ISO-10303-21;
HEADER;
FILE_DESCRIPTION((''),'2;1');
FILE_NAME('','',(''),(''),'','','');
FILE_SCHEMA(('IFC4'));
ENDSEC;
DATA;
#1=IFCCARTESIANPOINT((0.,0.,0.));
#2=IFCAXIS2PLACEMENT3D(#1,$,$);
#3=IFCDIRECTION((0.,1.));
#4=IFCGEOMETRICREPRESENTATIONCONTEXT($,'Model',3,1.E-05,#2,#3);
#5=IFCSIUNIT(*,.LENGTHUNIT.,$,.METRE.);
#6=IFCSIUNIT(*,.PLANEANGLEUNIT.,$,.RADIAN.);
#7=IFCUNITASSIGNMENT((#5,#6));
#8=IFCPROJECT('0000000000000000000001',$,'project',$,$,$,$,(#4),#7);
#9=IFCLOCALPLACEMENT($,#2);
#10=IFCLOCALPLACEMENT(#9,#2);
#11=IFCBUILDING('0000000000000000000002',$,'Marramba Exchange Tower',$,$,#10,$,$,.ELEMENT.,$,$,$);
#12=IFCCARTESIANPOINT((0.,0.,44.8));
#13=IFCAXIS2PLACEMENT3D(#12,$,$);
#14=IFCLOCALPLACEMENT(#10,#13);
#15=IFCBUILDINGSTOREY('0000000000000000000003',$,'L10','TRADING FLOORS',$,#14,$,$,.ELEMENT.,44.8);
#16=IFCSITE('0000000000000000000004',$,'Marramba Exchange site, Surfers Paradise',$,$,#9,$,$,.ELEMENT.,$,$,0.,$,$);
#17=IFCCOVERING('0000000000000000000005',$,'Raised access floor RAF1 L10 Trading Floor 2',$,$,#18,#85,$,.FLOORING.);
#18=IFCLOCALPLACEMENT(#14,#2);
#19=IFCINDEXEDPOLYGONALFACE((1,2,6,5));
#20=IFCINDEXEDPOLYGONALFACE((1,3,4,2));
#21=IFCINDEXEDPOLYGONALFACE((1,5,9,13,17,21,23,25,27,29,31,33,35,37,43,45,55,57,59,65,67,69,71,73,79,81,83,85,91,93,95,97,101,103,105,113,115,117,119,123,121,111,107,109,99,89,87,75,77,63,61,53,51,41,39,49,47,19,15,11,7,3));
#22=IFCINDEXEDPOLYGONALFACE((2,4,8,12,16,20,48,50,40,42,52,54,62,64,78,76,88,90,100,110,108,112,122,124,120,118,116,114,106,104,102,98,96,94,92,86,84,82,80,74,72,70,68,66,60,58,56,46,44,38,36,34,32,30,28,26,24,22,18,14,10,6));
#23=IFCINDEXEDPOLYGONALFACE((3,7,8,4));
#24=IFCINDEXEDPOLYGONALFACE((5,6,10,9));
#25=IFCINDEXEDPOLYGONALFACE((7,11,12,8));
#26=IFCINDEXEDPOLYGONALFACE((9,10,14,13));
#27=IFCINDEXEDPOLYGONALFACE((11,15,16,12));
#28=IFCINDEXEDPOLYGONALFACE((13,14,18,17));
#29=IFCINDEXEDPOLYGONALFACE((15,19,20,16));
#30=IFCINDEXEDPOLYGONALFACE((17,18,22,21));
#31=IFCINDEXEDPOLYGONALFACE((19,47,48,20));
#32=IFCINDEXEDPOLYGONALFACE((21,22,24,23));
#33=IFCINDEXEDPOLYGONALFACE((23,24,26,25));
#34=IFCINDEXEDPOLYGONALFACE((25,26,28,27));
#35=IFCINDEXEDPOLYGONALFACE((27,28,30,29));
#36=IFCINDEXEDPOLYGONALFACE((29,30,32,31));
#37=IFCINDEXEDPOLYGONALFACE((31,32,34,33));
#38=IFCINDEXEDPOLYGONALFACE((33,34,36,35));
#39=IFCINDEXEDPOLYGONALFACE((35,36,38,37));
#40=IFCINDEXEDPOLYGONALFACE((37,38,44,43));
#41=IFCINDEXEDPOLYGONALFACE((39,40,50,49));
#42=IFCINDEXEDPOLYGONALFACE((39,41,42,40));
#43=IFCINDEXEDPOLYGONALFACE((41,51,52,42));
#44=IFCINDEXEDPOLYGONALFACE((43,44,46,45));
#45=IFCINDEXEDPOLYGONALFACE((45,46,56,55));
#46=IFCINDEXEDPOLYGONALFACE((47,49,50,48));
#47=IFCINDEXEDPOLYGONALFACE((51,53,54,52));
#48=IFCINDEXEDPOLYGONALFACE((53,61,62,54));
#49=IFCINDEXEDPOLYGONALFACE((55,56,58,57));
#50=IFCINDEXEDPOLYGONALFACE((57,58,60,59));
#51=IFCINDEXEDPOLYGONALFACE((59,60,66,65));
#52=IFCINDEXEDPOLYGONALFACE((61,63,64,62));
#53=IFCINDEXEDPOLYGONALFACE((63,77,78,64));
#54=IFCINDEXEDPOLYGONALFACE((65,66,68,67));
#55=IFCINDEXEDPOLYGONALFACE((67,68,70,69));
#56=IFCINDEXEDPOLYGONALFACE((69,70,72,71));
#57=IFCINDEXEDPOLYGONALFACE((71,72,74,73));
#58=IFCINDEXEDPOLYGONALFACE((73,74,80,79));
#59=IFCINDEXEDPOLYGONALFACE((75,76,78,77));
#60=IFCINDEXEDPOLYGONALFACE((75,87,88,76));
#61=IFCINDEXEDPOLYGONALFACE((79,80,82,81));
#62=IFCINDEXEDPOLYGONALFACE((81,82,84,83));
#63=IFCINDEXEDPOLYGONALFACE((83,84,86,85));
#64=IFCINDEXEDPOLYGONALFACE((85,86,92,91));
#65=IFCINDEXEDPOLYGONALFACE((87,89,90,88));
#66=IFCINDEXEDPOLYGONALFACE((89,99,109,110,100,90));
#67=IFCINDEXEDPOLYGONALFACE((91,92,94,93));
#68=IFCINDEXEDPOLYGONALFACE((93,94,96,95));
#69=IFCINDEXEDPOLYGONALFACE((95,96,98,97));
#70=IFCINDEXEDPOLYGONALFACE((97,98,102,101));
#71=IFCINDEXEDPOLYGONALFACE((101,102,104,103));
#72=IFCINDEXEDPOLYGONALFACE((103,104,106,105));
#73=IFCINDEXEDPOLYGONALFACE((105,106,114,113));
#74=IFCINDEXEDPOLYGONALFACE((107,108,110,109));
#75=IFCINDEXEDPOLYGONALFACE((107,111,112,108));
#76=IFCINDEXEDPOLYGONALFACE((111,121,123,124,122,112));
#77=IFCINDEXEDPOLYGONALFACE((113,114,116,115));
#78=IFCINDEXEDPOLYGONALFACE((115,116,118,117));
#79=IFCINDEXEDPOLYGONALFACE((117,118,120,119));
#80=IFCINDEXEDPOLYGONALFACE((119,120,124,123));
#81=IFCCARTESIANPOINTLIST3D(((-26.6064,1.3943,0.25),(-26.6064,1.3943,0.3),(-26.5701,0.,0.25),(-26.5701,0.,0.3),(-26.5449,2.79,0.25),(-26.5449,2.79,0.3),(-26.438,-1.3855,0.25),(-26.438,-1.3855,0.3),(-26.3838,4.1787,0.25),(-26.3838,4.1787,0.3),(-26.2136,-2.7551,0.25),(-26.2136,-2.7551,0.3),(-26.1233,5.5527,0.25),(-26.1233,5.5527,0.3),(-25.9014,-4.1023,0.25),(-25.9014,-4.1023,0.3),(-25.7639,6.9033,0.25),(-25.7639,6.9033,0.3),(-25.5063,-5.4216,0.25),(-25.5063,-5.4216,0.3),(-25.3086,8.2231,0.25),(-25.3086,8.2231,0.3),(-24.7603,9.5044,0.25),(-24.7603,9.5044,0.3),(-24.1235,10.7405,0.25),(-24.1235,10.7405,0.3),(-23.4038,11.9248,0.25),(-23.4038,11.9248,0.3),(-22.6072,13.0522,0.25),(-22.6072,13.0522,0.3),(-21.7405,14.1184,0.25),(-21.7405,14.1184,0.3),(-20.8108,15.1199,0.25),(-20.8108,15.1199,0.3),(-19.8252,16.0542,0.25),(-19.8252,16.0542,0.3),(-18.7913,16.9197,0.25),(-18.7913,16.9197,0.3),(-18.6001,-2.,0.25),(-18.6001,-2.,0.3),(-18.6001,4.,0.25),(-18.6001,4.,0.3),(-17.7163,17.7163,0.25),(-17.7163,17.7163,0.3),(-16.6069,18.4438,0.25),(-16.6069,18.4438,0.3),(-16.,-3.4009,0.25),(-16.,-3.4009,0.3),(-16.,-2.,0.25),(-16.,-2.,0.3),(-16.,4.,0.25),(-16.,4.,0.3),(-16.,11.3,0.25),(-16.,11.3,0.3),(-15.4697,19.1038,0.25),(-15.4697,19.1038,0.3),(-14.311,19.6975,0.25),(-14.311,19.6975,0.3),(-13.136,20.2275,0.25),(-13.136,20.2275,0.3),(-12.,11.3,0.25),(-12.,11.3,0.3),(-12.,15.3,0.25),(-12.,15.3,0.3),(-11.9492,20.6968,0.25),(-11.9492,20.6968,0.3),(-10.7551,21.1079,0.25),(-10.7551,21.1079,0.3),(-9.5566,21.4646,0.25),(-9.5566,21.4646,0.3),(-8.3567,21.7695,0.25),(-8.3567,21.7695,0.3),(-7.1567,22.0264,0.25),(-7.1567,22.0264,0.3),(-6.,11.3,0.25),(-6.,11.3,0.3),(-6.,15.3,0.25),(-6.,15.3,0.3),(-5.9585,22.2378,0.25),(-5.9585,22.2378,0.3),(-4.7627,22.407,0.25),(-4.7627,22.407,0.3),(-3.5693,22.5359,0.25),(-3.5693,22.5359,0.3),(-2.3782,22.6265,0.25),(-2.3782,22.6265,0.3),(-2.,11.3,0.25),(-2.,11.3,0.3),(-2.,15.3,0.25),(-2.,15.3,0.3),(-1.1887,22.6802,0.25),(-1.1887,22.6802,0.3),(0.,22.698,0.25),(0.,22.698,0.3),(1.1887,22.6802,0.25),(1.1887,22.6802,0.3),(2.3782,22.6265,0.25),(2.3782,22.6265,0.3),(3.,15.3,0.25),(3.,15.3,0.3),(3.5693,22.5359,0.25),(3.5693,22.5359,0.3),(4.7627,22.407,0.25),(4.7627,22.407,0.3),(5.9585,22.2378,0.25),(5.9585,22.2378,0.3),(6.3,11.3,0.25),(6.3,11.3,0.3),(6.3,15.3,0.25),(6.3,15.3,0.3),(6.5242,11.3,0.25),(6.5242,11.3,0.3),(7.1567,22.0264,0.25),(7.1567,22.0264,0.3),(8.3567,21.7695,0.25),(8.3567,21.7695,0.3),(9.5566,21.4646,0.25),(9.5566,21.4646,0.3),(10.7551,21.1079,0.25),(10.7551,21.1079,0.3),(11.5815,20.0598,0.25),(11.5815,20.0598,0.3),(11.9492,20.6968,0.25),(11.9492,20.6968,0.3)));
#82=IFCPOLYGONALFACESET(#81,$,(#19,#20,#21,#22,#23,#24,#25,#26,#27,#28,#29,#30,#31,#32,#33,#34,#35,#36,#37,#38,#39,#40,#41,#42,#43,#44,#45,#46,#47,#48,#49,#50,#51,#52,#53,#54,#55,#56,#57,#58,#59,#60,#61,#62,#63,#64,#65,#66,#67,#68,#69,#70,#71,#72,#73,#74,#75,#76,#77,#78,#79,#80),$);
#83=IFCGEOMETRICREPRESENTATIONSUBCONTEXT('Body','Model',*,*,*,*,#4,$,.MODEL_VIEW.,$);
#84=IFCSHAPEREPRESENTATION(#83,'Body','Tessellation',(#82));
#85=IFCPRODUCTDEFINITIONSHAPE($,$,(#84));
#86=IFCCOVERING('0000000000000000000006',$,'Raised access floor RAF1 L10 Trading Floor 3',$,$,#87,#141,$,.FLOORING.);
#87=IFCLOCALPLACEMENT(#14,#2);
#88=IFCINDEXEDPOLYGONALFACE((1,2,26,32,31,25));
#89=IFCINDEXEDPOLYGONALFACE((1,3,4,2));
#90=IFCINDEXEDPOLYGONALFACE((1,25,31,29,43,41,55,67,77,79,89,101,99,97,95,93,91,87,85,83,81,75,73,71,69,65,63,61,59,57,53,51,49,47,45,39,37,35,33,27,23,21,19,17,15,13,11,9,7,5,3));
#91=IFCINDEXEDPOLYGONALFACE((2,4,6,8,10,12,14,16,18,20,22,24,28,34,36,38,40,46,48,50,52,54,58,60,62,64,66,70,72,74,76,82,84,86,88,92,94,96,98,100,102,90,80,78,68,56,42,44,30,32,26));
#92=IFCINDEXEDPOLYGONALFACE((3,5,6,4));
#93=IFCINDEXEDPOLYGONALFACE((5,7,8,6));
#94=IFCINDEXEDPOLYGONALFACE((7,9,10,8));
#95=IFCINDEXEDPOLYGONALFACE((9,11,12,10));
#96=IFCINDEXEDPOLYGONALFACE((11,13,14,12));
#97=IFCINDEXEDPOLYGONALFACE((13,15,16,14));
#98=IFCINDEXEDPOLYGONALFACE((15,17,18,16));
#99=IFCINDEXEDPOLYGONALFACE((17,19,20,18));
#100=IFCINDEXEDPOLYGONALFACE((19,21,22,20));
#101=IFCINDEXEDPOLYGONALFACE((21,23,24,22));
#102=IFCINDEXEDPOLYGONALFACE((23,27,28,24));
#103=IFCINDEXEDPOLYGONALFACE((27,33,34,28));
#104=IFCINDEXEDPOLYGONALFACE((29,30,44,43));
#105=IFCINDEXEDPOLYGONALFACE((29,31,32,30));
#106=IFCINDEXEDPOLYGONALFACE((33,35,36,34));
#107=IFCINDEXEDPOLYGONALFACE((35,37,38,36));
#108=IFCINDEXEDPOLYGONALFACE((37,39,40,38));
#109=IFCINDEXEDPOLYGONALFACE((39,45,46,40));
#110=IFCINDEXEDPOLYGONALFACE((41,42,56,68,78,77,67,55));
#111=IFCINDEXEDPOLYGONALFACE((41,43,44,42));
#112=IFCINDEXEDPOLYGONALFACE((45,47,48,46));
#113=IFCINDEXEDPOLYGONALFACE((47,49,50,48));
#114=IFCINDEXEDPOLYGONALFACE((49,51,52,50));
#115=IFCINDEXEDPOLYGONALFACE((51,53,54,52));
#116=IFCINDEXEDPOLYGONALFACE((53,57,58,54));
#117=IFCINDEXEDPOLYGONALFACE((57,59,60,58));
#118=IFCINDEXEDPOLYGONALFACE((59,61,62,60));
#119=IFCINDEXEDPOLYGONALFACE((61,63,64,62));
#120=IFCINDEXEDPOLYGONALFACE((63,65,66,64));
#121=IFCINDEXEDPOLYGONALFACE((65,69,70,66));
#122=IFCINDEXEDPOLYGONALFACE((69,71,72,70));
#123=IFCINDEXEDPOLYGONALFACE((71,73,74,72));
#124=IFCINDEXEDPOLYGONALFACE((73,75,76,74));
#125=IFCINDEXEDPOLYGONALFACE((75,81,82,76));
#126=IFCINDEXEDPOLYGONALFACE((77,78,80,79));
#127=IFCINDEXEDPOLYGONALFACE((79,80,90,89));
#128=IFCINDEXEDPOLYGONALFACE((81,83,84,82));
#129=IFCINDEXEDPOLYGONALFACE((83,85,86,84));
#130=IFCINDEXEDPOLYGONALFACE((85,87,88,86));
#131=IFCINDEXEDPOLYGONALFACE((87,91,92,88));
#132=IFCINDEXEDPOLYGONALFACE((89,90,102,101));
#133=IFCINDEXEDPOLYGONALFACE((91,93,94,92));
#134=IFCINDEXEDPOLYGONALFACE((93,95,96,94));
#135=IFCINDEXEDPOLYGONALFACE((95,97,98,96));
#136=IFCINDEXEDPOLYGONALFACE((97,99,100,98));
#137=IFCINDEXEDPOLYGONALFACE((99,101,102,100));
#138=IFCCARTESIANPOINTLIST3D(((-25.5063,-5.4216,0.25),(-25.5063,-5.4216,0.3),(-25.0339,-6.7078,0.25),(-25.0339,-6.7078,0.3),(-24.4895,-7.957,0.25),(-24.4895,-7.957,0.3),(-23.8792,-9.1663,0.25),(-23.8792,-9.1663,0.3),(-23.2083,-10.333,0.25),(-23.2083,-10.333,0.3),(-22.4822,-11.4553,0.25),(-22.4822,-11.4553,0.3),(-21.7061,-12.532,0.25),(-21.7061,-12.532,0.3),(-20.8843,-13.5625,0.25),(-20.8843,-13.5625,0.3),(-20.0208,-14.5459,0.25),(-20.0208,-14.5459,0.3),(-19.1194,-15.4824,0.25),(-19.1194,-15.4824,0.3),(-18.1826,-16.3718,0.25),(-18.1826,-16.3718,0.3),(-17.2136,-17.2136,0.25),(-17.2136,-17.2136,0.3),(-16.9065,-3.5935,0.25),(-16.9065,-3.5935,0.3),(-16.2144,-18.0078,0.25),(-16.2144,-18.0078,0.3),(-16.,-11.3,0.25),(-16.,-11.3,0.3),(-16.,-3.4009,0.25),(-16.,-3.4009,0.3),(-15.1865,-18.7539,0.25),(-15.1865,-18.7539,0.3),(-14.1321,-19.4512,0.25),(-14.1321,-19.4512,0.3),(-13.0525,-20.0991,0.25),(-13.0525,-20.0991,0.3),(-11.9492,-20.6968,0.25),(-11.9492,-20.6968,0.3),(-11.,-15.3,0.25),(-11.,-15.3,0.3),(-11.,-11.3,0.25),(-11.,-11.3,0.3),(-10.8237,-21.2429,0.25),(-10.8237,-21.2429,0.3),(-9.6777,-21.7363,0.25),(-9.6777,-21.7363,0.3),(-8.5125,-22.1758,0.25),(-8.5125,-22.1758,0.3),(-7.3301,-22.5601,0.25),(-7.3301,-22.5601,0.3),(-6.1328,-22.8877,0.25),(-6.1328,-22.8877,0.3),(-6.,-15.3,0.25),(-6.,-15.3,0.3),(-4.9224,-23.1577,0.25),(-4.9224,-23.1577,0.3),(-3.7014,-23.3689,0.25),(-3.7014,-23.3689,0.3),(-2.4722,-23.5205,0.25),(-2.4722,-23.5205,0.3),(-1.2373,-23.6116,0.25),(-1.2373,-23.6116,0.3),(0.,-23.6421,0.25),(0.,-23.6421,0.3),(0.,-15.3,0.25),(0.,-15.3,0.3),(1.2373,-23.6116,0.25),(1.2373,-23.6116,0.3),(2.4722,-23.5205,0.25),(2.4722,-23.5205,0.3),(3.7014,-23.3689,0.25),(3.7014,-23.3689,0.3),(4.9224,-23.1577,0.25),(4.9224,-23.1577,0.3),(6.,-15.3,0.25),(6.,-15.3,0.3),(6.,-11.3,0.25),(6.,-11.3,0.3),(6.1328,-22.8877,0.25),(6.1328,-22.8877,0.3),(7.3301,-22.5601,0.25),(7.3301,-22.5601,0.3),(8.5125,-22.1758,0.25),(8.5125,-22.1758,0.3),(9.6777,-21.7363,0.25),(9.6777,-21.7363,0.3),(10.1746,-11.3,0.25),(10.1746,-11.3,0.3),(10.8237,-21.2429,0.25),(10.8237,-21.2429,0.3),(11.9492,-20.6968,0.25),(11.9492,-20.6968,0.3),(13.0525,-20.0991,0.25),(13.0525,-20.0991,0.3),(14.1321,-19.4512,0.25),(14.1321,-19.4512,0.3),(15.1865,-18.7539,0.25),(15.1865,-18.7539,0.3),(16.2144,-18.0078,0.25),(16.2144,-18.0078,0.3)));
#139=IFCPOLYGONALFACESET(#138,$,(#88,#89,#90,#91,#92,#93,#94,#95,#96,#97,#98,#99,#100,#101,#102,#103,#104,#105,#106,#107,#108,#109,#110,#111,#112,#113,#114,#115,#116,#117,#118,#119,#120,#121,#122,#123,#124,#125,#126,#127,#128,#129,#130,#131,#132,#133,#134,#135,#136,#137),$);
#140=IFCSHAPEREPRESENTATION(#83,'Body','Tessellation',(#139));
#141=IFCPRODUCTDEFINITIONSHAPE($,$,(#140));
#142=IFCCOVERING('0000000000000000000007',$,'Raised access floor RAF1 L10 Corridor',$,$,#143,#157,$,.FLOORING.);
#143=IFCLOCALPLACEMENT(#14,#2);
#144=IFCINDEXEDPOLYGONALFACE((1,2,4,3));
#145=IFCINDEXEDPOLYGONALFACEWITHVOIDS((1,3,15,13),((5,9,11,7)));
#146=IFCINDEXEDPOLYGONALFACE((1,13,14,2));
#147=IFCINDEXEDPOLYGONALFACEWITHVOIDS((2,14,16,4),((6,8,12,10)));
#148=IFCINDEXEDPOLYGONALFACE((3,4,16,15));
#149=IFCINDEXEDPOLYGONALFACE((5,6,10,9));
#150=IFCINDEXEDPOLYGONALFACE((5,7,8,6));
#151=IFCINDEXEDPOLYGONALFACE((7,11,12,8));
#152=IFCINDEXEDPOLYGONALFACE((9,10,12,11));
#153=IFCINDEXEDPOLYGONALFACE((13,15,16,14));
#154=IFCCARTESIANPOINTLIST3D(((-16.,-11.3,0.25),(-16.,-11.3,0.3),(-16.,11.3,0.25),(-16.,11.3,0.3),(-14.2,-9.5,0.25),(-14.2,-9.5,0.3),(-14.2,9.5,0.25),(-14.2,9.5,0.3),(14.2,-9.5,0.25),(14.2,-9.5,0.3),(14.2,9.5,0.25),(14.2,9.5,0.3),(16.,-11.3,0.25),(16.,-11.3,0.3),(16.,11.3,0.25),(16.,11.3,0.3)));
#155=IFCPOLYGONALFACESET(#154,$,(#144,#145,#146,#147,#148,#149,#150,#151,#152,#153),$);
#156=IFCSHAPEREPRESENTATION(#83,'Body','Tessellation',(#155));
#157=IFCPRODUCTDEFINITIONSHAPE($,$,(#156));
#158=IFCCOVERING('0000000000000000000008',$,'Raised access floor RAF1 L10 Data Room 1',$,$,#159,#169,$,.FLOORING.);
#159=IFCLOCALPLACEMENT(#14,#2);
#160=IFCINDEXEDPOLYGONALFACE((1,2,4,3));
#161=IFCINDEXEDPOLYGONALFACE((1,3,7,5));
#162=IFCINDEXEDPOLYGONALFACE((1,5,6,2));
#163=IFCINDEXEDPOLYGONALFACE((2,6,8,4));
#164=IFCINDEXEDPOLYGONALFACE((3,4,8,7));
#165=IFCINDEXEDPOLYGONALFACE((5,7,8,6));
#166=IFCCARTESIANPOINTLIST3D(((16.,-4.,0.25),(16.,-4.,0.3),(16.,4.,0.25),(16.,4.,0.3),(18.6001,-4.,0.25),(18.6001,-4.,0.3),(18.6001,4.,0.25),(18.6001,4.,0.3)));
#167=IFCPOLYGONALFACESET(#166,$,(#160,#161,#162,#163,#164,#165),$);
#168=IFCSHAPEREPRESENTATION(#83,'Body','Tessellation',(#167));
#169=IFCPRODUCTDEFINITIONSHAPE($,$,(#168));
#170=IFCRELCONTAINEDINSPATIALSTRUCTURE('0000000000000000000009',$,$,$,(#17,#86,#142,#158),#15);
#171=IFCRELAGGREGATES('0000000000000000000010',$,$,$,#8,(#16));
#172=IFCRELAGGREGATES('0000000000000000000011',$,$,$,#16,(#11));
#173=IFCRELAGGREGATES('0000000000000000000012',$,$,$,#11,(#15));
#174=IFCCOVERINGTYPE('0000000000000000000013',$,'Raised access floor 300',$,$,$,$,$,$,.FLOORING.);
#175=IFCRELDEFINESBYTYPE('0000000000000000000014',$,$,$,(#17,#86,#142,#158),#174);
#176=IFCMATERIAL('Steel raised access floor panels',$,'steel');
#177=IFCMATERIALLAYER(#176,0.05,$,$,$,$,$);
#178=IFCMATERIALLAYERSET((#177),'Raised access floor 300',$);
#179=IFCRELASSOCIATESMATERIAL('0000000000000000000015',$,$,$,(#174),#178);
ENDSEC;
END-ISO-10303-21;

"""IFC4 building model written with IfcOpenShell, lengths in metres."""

from ifc_helpers import new_model, si_unit, direction, frame, origin, place, context, subcontext, project, spatial, polyline, outline, extrude, material, layer, layer_set, type_object, element, save


model = new_model("IFC4")

# Units and contexts
model_context = context("Model", 3, precision=1e-05, world=origin(), true_north=direction((0.0, 1.0)))
body_context = subcontext(model_context, "Body", "Model", "MODEL_VIEW")
ifc_project = project(units=[si_unit("LENGTHUNIT", "METRE"), si_unit("PLANEANGLEUNIT", "RADIAN")], contexts=[model_context])

# Site, building, storey
site_placement = place(None, origin())
site = spatial("IfcSite", under=ifc_project, at=site_placement, Name="Marramba Exchange site, Surfers Paradise", CompositionType="ELEMENT", RefElevation=0.0)
building_placement = place(site_placement, origin())
building = spatial("IfcBuilding", under=site, at=building_placement, Name="Marramba Exchange Tower", CompositionType="ELEMENT")
storey_placement = place(building_placement, frame((0.0, 0.0, 44.8)))
storey = spatial("IfcBuildingStorey", under=building, at=storey_placement, Name="L10", Description="TRADING FLOORS", CompositionType="ELEMENT", Elevation=44.8)

# Coverings
ifc_material_1 = material(Name="Steel raised access floor panels", Category="steel")
ifc_layer_1 = layer(ifc_material_1, 0.05)
ifc_layer_set_1 = layer_set([ifc_layer_1], Name="Raised access floor 300")
covering_type_1 = type_object("IfcCoveringType", Name="Raised access floor 300", PredefinedType="FLOORING", material=ifc_layer_set_1)
covering_1_placement = place(storey_placement, frame((0.0, 0.0, 0.25)))
element("IfcCovering", 1, at=covering_1_placement, inside=storey, type_object=covering_type_1, Name="Raised access floor RAF1 L10 Trading Floor 2", PredefinedType="FLOORING", context=body_context, shape_type="SweptSolid", body=[
    extrude(outline(polyline([(-16.0, 4.0), (-18.6001, 4.0), (-18.6001, -2.0), (-16.0, -2.0), (-16.0, -3.4009), (-25.5063, -5.4216), (-25.9014, -4.1023), (-26.2136, -2.7551), (-26.438, -1.3855), (-26.5701, 0.0), (-26.6064, 1.3943), (-26.5449, 2.79), (-26.3838, 4.1787), (-26.1233, 5.5527), (-25.7639, 6.9033), (-25.3086, 8.2231), (-24.7603, 9.5044), (-24.1235, 10.7405), (-23.4038, 11.9248), (-22.6072, 13.0522), (-21.7405, 14.1184), (-20.8108, 15.1199), (-19.8252, 16.0542), (-18.7913, 16.9197), (-17.7163, 17.7163), (-16.6069, 18.4438), (-15.4697, 19.1038), (-14.311, 19.6975), (-13.136, 20.2275), (-11.9492, 20.6968), (-10.7551, 21.1079), (-9.5566, 21.4646), (-8.3567, 21.7695), (-7.1567, 22.0264), (-5.9585, 22.2378), (-4.7627, 22.407), (-3.5693, 22.5359), (-2.3782, 22.6265), (-1.1887, 22.6802), (0.0, 22.698), (1.1887, 22.6802), (2.3782, 22.6265), (3.5693, 22.5359), (4.7627, 22.407), (5.9585, 22.2378), (7.1567, 22.0264), (8.3567, 21.7695), (9.5566, 21.4646), (10.7551, 21.1079), (11.9492, 20.6968), (11.5815, 20.0598), (6.5242, 11.3), (6.3, 11.3), (6.3, 15.3), (3.0, 15.3), (-2.0, 15.3), (-2.0, 11.3), (-6.0, 11.3), (-6.0, 15.3), (-12.0, 15.3), (-12.0, 11.3), (-16.0, 11.3), (-16.0, 4.0)])), origin(), (0.0, 0.0, 1.0), 0.05),
])
covering_2_placement = place(storey_placement, frame((0.0, 0.0, 0.25)))
element("IfcCovering", 2, at=covering_2_placement, inside=storey, type_object=covering_type_1, Name="Raised access floor RAF1 L10 Trading Floor 3", PredefinedType="FLOORING", context=body_context, shape_type="SweptSolid", body=[
    extrude(outline(polyline([(-11.0, -11.3), (-11.0, -15.3), (-6.0, -15.3), (0.0, -15.3), (6.0, -15.3), (6.0, -11.3), (10.1746, -11.3), (16.2144, -18.0078), (15.1865, -18.7539), (14.1321, -19.4512), (13.0525, -20.0991), (11.9492, -20.6968), (10.8237, -21.2429), (9.6777, -21.7363), (8.5125, -22.1758), (7.3301, -22.5601), (6.1328, -22.8877), (4.9224, -23.1577), (3.7014, -23.3689), (2.4722, -23.5205), (1.2373, -23.6116), (0.0, -23.6421), (-1.2373, -23.6116), (-2.4722, -23.5205), (-3.7014, -23.3689), (-4.9224, -23.1577), (-6.1328, -22.8877), (-7.3301, -22.5601), (-8.5125, -22.1758), (-9.6777, -21.7363), (-10.8237, -21.2429), (-11.9492, -20.6968), (-13.0525, -20.0991), (-14.1321, -19.4512), (-15.1865, -18.7539), (-16.2144, -18.0078), (-17.2136, -17.2136), (-18.1826, -16.3718), (-19.1194, -15.4824), (-20.0208, -14.5459), (-20.8843, -13.5625), (-21.7061, -12.532), (-22.4822, -11.4553), (-23.2083, -10.333), (-23.8792, -9.1663), (-24.4895, -7.957), (-25.0339, -6.7078), (-25.5063, -5.4216), (-16.9065, -3.5935), (-16.0, -3.4009), (-16.0, -11.3), (-11.0, -11.3)])), origin(), (0.0, 0.0, 1.0), 0.05),
])
covering_3_placement = place(storey_placement, frame((0.0, 0.0, 0.25)))
element("IfcCovering", 3, at=covering_3_placement, inside=storey, type_object=covering_type_1, Name="Raised access floor RAF1 L10 Corridor", PredefinedType="FLOORING", context=body_context, shape_type="SweptSolid", body=[
    extrude(outline(polyline([(-16.0, 11.3), (16.0, 11.3), (16.0, -11.3), (-16.0, -11.3), (-16.0, 11.3)]), holes=[polyline([(-14.2, 9.5), (-14.2, -9.5), (14.2, -9.5), (14.2, 9.5), (-14.2, 9.5)])]), origin(), (0.0, 0.0, 1.0), 0.05),
])
covering_4_placement = place(storey_placement, frame((0.0, 0.0, 0.25)))
element("IfcCovering", 4, at=covering_4_placement, inside=storey, type_object=covering_type_1, Name="Raised access floor RAF1 L10 Data Room 1", PredefinedType="FLOORING", context=body_context, shape_type="SweptSolid", body=[
    extrude(outline(polyline([(18.6001, -4.0), (16.0, -4.0), (16.0, 4.0), (18.6001, 4.0), (18.6001, -4.0)])), origin(), (0.0, 0.0, 1.0), 0.05),
])

save(model, "model.ifc")
